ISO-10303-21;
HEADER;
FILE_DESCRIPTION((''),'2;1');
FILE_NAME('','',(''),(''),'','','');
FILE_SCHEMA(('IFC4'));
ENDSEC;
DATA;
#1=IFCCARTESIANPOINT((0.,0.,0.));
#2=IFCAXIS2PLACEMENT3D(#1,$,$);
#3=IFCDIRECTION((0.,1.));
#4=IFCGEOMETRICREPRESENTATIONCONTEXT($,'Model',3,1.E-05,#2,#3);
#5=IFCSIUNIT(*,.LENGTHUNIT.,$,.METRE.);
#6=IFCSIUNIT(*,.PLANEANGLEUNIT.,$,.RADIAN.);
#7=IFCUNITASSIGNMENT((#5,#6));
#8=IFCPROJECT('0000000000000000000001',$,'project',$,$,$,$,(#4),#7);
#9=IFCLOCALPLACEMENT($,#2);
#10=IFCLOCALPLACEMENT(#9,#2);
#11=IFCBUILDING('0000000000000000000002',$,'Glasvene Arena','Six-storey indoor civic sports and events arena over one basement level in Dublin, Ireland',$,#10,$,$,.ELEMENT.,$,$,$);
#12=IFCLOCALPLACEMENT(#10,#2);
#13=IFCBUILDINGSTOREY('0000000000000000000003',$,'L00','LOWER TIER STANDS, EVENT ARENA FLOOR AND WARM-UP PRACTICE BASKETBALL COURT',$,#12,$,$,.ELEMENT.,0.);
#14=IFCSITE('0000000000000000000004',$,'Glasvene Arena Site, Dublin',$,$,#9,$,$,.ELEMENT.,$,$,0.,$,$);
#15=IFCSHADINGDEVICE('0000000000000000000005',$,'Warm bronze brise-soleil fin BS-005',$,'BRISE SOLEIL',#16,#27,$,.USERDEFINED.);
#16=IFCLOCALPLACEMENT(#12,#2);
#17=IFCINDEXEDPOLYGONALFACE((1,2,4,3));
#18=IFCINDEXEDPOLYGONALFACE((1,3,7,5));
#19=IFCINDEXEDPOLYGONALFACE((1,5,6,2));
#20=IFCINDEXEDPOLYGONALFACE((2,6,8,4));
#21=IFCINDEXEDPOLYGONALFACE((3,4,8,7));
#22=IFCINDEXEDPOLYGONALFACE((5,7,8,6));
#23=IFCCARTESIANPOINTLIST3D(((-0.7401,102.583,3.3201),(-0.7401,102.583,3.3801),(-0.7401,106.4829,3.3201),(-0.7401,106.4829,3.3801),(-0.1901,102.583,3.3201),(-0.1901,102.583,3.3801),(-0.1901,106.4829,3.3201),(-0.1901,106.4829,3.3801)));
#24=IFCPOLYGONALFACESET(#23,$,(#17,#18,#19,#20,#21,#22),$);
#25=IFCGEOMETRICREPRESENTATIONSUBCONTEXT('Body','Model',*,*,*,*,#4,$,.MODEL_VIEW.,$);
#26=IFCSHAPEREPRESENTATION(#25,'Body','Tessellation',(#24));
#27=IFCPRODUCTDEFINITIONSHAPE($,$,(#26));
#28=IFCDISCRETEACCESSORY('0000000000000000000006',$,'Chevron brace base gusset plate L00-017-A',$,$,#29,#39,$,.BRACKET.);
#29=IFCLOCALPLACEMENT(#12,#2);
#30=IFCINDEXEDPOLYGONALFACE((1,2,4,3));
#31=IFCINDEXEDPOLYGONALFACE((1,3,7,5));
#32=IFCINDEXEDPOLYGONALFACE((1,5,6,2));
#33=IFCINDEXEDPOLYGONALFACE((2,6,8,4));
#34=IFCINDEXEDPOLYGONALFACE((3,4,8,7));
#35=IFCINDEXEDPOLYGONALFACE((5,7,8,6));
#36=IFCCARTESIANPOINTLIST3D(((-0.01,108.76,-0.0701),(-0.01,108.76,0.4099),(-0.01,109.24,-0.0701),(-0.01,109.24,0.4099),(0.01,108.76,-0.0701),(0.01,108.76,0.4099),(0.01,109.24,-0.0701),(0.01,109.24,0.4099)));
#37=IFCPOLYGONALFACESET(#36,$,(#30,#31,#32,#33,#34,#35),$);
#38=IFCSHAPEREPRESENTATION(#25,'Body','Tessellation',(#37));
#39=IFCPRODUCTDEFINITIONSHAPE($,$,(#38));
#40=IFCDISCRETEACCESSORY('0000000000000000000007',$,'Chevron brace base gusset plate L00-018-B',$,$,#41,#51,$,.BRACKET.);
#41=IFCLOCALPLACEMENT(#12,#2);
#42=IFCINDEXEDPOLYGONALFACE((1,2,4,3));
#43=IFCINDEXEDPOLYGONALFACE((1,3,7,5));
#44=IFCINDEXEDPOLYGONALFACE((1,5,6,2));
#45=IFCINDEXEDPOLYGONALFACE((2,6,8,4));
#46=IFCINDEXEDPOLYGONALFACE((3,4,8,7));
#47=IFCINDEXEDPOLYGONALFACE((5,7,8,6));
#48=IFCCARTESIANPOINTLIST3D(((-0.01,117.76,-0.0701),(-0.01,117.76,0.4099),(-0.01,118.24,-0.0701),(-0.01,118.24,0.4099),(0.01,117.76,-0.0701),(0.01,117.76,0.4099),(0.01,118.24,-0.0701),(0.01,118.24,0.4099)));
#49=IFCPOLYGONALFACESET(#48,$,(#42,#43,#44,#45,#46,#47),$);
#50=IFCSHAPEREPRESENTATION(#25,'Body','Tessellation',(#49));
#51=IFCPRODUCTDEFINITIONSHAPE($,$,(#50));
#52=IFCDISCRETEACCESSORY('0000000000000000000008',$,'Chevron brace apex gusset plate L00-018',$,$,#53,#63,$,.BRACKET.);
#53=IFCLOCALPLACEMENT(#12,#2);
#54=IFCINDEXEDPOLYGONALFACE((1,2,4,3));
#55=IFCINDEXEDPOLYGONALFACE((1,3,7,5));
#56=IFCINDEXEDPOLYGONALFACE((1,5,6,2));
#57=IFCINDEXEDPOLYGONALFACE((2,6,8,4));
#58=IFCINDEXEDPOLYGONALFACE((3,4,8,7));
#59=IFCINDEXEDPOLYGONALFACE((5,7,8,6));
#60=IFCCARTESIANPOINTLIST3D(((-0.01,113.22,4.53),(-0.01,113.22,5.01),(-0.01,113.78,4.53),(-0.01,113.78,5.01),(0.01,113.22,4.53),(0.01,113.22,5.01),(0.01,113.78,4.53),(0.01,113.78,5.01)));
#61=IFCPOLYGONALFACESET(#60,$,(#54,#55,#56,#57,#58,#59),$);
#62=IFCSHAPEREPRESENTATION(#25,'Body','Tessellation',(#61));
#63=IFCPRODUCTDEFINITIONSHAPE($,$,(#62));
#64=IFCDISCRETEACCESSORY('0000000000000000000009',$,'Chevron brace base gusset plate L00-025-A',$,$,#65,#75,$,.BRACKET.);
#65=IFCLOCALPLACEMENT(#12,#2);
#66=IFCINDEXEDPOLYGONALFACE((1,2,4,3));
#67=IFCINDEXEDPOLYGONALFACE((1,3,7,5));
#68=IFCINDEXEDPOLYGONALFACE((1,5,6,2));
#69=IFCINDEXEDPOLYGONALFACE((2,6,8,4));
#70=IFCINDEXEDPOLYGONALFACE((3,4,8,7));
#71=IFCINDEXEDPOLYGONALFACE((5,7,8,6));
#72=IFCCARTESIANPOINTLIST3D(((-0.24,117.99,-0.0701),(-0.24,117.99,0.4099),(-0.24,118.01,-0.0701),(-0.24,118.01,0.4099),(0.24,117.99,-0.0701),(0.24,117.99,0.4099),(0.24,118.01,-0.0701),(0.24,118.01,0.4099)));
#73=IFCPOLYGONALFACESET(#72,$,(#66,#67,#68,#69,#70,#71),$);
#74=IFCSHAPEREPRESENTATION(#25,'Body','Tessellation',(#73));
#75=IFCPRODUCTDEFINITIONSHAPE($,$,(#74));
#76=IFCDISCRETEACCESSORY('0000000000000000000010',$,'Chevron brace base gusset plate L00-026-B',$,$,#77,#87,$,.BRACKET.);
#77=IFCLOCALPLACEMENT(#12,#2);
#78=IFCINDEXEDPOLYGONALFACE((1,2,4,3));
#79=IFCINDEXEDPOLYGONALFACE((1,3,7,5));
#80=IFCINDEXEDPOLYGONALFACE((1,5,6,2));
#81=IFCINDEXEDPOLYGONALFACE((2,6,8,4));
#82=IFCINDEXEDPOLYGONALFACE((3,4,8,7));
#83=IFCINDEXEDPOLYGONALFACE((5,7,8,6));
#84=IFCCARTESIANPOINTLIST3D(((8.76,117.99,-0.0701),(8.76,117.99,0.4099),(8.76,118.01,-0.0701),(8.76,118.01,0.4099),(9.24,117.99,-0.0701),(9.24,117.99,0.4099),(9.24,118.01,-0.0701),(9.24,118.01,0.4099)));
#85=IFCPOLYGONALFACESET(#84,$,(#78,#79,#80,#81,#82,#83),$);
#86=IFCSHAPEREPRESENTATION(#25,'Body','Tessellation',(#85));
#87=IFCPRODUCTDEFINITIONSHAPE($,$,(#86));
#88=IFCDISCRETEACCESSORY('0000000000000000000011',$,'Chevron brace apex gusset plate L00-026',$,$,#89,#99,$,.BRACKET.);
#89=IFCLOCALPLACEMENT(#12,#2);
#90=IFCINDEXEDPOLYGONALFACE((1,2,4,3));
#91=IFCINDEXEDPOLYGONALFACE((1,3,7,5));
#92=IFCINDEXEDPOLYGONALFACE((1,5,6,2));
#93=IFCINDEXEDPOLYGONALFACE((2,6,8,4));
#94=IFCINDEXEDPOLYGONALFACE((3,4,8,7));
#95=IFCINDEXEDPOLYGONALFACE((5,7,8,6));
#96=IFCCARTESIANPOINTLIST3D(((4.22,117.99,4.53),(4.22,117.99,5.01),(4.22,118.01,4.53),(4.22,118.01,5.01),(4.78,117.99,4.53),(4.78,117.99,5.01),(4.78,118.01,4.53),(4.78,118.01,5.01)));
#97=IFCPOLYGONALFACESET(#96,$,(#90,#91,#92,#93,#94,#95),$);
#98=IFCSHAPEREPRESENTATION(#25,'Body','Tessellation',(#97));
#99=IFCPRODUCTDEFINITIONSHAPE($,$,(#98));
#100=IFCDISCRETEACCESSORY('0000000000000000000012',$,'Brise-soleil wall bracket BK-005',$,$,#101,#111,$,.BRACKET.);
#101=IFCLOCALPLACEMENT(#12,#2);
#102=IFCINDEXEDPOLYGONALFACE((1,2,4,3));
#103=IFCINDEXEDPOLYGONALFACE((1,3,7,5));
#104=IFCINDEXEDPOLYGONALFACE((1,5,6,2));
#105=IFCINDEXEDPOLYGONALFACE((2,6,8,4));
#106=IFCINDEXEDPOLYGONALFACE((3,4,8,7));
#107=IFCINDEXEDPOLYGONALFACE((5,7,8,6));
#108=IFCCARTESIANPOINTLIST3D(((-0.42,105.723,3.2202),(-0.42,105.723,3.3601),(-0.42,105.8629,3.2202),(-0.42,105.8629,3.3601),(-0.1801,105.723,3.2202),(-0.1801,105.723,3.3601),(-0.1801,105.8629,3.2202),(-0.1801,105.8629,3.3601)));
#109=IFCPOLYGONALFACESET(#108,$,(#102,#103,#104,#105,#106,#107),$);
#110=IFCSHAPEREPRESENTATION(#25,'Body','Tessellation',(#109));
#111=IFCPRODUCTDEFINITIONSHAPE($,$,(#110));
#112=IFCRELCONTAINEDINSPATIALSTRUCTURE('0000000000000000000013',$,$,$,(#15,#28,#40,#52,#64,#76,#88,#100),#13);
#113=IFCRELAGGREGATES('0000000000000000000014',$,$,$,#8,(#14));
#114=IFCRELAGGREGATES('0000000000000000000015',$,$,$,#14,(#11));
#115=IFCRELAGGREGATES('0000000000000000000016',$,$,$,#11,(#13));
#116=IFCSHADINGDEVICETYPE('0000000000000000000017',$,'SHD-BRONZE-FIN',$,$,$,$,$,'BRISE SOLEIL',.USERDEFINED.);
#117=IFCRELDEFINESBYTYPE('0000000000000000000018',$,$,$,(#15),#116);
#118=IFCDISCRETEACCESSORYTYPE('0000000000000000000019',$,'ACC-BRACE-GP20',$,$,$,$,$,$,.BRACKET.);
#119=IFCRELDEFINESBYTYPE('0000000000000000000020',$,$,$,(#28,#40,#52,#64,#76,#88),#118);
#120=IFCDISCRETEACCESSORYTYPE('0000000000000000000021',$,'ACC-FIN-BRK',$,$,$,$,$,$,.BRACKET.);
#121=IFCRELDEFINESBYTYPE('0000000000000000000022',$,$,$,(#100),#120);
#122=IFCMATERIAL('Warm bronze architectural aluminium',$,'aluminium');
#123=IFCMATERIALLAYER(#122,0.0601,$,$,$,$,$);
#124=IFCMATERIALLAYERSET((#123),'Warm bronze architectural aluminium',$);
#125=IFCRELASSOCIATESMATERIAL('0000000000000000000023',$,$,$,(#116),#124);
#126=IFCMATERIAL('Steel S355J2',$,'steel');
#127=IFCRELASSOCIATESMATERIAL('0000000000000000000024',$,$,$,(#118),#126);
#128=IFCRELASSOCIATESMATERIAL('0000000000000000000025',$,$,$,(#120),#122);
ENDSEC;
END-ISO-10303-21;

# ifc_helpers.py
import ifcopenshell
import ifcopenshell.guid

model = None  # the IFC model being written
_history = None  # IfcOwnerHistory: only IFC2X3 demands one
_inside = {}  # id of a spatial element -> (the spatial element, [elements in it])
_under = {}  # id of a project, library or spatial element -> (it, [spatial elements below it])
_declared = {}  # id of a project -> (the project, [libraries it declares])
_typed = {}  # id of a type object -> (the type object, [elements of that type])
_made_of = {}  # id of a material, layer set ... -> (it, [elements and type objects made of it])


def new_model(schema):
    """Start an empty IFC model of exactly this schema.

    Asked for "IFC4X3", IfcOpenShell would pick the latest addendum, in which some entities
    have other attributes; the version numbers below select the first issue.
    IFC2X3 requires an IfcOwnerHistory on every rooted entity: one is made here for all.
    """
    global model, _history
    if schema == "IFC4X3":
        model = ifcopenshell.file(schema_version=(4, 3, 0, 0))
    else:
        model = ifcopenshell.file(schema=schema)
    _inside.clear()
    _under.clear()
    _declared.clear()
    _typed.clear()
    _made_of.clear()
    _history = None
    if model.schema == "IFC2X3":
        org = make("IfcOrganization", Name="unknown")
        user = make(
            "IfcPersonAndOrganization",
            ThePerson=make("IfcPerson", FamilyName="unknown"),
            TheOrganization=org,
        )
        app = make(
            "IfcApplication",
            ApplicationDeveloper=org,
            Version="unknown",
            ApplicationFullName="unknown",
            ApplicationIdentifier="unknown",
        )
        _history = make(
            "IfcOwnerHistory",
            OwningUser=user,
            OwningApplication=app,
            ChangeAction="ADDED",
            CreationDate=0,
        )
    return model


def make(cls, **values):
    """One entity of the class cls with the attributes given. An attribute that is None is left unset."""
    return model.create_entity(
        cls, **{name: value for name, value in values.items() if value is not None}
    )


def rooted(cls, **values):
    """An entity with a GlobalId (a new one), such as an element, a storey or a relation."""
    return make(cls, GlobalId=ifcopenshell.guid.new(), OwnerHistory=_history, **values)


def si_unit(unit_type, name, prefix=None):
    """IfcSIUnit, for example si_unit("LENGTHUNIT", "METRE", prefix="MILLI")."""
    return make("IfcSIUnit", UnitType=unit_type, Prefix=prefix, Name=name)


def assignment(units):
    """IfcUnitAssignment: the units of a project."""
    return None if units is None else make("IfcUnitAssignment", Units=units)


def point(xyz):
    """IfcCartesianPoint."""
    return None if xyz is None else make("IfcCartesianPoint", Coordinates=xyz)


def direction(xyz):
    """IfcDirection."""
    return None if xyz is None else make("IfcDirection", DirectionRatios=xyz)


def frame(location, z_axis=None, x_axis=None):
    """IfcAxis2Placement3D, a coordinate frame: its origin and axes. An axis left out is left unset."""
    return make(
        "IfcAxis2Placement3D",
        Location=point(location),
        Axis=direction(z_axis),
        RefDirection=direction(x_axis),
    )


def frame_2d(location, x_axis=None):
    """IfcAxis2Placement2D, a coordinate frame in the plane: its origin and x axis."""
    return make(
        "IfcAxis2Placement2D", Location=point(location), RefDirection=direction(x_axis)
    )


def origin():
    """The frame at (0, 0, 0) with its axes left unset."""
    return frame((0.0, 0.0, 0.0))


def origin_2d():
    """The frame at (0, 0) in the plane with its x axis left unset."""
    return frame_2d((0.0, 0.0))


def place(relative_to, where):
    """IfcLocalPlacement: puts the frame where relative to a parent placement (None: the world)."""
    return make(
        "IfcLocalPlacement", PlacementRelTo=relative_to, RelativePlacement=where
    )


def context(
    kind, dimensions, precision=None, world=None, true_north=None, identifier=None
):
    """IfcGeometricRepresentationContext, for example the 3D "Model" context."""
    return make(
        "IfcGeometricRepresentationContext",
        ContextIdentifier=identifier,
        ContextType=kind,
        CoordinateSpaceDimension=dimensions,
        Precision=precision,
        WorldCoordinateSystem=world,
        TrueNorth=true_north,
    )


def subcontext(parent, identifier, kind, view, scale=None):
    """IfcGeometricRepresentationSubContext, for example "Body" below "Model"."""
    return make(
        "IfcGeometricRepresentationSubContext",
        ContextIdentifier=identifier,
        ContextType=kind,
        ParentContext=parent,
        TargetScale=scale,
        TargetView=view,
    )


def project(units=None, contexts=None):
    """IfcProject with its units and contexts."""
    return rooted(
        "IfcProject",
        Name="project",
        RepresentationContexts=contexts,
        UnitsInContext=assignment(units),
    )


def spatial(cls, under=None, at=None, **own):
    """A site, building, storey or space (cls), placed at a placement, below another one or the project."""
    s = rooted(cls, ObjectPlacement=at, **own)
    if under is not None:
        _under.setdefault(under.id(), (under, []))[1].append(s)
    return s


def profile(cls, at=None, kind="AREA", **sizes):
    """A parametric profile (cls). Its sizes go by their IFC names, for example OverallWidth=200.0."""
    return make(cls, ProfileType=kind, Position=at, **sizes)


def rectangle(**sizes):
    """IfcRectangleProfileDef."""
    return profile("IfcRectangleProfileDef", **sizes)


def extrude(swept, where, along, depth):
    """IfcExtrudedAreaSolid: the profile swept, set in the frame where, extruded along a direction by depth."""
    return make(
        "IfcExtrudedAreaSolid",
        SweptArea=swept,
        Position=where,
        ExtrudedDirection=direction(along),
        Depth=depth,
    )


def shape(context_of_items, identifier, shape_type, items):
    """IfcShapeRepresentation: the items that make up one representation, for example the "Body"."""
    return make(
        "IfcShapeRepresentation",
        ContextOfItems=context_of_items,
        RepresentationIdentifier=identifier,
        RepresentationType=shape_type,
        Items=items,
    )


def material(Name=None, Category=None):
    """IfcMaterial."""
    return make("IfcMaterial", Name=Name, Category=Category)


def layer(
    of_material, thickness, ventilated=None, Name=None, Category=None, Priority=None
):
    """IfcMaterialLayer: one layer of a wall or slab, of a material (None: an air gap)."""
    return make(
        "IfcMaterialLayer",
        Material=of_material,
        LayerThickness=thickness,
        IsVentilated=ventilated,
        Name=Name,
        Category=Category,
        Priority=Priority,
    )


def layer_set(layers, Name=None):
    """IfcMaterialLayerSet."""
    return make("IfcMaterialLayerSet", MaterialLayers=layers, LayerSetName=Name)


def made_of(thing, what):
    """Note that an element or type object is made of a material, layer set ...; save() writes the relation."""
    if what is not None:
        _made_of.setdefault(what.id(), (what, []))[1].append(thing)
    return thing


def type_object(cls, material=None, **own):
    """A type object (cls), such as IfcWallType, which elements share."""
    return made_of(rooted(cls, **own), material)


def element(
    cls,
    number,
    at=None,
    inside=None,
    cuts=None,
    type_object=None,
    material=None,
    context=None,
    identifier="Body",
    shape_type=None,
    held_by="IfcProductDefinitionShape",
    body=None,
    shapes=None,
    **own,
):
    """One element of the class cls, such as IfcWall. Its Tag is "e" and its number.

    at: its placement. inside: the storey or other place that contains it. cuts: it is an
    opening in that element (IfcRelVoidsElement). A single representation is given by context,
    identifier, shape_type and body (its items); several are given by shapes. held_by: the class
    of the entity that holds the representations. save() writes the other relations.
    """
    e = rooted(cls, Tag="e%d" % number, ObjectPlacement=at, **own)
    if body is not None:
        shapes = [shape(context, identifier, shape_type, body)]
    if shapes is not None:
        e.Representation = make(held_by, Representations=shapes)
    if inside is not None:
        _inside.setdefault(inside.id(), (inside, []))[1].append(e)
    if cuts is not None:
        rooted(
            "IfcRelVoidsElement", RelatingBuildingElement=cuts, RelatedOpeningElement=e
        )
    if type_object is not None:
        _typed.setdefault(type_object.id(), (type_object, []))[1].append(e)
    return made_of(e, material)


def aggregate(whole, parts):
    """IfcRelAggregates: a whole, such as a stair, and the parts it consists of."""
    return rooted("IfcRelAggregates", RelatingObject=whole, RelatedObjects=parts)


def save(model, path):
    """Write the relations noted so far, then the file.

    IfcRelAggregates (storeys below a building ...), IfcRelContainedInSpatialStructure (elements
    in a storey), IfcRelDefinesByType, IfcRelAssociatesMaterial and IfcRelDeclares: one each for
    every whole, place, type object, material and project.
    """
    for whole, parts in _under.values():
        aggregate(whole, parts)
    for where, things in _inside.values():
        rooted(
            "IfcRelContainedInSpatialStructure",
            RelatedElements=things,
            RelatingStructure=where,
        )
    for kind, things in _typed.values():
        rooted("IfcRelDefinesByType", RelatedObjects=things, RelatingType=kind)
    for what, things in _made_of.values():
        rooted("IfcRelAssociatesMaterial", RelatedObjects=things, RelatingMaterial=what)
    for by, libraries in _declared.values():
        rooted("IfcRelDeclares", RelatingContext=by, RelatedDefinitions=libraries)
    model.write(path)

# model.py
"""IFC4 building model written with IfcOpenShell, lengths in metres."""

from ifc_helpers import new_model, si_unit, direction, frame, origin, origin_2d, place, context, subcontext, project, spatial, rectangle, extrude, material, layer, layer_set, type_object, element, save


model = new_model("IFC4")

# Units and contexts
model_context = context("Model", 3, precision=1e-05, world=origin(), true_north=direction((0.0, 1.0)))
body_context = subcontext(model_context, "Body", "Model", "MODEL_VIEW")
ifc_project = project(units=[si_unit("LENGTHUNIT", "METRE"), si_unit("PLANEANGLEUNIT", "RADIAN")], contexts=[model_context])

# Site, building, storey
site_placement = place(None, origin())
site = spatial("IfcSite", under=ifc_project, at=site_placement, Name="Glasvene Arena Site, Dublin", CompositionType="ELEMENT", RefElevation=0.0)
building_placement = place(site_placement, origin())
building = spatial("IfcBuilding", under=site, at=building_placement, Name="Glasvene Arena", Description="Six-storey indoor civic sports and events arena over one basement level in Dublin, Ireland", CompositionType="ELEMENT")
storey_placement = place(building_placement, origin())
storey = spatial("IfcBuildingStorey", under=building, at=storey_placement, Name="L00", Description="LOWER TIER STANDS, EVENT ARENA FLOOR AND WARM-UP PRACTICE BASKETBALL COURT", CompositionType="ELEMENT", Elevation=0.0)

# Shared definitions
ifc_material_1 = material(Name="Steel S355J2", Category="steel")

# Shading device
ifc_material_2 = material(Name="Warm bronze architectural aluminium", Category="aluminium")
ifc_layer_1 = layer(ifc_material_2, 0.0601)
ifc_layer_set_1 = layer_set([ifc_layer_1], Name="Warm bronze architectural aluminium")
shading_device_type = type_object("IfcShadingDeviceType", Name="SHD-BRONZE-FIN", ElementType="BRISE SOLEIL", PredefinedType="USERDEFINED", material=ifc_layer_set_1)
shading_device_placement = place(storey_placement, frame((-0.4651, 104.533, 3.3201), z_axis=(0.0, 0.0, 1.0), x_axis=(0.0, 1.0, 0.0)))
element("IfcShadingDevice", 1, at=shading_device_placement, inside=storey, type_object=shading_device_type, Name="Warm bronze brise-soleil fin BS-005", ObjectType="BRISE SOLEIL", PredefinedType="USERDEFINED", context=body_context, shape_type="SweptSolid", body=[
    extrude(rectangle(XDim=3.8999, YDim=0.55, at=origin_2d()), origin(), (0.0, 0.0, 1.0), 0.0601),
])

# Discrete accessories
discrete_accessory_type_1 = type_object("IfcDiscreteAccessoryType", Name="ACC-BRACE-GP20", PredefinedType="BRACKET", material=ifc_material_1)
for number, where, z_axis, x_axis, name in (
    (2, (0.0, 109.0, -0.0701), (0.0, 0.0, 1.0), (1.0, 0.0, 0.0), "Chevron brace base gusset plate L00-017-A"),
    (3, (0.0, 118.0, -0.0701), (0.0, 0.0, 1.0), (1.0, 0.0, 0.0), "Chevron brace base gusset plate L00-018-B"),
):
    element("IfcDiscreteAccessory", number, at=place(storey_placement, frame(where, z_axis=z_axis, x_axis=x_axis)), inside=storey, type_object=discrete_accessory_type_1, Name=name, PredefinedType="BRACKET", context=body_context, shape_type="SweptSolid", body=[
        extrude(rectangle(XDim=0.02, YDim=0.48, at=origin_2d()), origin(), (0.0, 0.0, 1.0), 0.48),
    ])
discrete_accessory_1_placement = place(storey_placement, frame((0.0, 113.5, 4.53), z_axis=(0.0, 0.0, 1.0), x_axis=(1.0, 0.0, 0.0)))
element("IfcDiscreteAccessory", 4, at=discrete_accessory_1_placement, inside=storey, type_object=discrete_accessory_type_1, Name="Chevron brace apex gusset plate L00-018", PredefinedType="BRACKET", context=body_context, shape_type="SweptSolid", body=[
    extrude(rectangle(XDim=0.02, YDim=0.5601, at=origin_2d()), origin(), (0.0, 0.0, 1.0), 0.48),
])
for number, where, z_axis, x_axis, name in (
    (5, (0.0, 118.0, -0.0701), (0.0, 0.0, 1.0), (1.0, 0.0, 0.0), "Chevron brace base gusset plate L00-025-A"),
    (6, (9.0, 118.0, -0.0701), (0.0, 0.0, 1.0), (1.0, 0.0, 0.0), "Chevron brace base gusset plate L00-026-B"),
):
    element("IfcDiscreteAccessory", number, at=place(storey_placement, frame(where, z_axis=z_axis, x_axis=x_axis)), inside=storey, type_object=discrete_accessory_type_1, Name=name, PredefinedType="BRACKET", context=body_context, shape_type="SweptSolid", body=[
        extrude(rectangle(XDim=0.48, YDim=0.02, at=origin_2d()), origin(), (0.0, 0.0, 1.0), 0.48),
    ])
discrete_accessory_2_placement = place(storey_placement, frame((4.5, 118.0, 4.53), z_axis=(0.0, 0.0, 1.0), x_axis=(1.0, 0.0, 0.0)))
element("IfcDiscreteAccessory", 7, at=discrete_accessory_2_placement, inside=storey, type_object=discrete_accessory_type_1, Name="Chevron brace apex gusset plate L00-026", PredefinedType="BRACKET", context=body_context, shape_type="SweptSolid", body=[
    extrude(rectangle(XDim=0.5601, YDim=0.02, at=origin_2d()), origin(), (0.0, 0.0, 1.0), 0.48),
])
discrete_accessory_type_2 = type_object("IfcDiscreteAccessoryType", Name="ACC-FIN-BRK", PredefinedType="BRACKET", material=ifc_material_2)
discrete_accessory_3_placement = place(storey_placement, frame((-0.3, 105.793, 3.2202), z_axis=(0.0, 0.0, 1.0), x_axis=(0.0, 1.0, 0.0)))
element("IfcDiscreteAccessory", 8, at=discrete_accessory_3_placement, inside=storey, type_object=discrete_accessory_type_2, Name="Brise-soleil wall bracket BK-005", PredefinedType="BRACKET", context=body_context, shape_type="SweptSolid", body=[
    extrude(rectangle(XDim=0.1399, YDim=0.24, at=origin_2d()), origin(), (0.0, 0.0, 1.0), 0.1399),
])

save(model, "model.ifc")
